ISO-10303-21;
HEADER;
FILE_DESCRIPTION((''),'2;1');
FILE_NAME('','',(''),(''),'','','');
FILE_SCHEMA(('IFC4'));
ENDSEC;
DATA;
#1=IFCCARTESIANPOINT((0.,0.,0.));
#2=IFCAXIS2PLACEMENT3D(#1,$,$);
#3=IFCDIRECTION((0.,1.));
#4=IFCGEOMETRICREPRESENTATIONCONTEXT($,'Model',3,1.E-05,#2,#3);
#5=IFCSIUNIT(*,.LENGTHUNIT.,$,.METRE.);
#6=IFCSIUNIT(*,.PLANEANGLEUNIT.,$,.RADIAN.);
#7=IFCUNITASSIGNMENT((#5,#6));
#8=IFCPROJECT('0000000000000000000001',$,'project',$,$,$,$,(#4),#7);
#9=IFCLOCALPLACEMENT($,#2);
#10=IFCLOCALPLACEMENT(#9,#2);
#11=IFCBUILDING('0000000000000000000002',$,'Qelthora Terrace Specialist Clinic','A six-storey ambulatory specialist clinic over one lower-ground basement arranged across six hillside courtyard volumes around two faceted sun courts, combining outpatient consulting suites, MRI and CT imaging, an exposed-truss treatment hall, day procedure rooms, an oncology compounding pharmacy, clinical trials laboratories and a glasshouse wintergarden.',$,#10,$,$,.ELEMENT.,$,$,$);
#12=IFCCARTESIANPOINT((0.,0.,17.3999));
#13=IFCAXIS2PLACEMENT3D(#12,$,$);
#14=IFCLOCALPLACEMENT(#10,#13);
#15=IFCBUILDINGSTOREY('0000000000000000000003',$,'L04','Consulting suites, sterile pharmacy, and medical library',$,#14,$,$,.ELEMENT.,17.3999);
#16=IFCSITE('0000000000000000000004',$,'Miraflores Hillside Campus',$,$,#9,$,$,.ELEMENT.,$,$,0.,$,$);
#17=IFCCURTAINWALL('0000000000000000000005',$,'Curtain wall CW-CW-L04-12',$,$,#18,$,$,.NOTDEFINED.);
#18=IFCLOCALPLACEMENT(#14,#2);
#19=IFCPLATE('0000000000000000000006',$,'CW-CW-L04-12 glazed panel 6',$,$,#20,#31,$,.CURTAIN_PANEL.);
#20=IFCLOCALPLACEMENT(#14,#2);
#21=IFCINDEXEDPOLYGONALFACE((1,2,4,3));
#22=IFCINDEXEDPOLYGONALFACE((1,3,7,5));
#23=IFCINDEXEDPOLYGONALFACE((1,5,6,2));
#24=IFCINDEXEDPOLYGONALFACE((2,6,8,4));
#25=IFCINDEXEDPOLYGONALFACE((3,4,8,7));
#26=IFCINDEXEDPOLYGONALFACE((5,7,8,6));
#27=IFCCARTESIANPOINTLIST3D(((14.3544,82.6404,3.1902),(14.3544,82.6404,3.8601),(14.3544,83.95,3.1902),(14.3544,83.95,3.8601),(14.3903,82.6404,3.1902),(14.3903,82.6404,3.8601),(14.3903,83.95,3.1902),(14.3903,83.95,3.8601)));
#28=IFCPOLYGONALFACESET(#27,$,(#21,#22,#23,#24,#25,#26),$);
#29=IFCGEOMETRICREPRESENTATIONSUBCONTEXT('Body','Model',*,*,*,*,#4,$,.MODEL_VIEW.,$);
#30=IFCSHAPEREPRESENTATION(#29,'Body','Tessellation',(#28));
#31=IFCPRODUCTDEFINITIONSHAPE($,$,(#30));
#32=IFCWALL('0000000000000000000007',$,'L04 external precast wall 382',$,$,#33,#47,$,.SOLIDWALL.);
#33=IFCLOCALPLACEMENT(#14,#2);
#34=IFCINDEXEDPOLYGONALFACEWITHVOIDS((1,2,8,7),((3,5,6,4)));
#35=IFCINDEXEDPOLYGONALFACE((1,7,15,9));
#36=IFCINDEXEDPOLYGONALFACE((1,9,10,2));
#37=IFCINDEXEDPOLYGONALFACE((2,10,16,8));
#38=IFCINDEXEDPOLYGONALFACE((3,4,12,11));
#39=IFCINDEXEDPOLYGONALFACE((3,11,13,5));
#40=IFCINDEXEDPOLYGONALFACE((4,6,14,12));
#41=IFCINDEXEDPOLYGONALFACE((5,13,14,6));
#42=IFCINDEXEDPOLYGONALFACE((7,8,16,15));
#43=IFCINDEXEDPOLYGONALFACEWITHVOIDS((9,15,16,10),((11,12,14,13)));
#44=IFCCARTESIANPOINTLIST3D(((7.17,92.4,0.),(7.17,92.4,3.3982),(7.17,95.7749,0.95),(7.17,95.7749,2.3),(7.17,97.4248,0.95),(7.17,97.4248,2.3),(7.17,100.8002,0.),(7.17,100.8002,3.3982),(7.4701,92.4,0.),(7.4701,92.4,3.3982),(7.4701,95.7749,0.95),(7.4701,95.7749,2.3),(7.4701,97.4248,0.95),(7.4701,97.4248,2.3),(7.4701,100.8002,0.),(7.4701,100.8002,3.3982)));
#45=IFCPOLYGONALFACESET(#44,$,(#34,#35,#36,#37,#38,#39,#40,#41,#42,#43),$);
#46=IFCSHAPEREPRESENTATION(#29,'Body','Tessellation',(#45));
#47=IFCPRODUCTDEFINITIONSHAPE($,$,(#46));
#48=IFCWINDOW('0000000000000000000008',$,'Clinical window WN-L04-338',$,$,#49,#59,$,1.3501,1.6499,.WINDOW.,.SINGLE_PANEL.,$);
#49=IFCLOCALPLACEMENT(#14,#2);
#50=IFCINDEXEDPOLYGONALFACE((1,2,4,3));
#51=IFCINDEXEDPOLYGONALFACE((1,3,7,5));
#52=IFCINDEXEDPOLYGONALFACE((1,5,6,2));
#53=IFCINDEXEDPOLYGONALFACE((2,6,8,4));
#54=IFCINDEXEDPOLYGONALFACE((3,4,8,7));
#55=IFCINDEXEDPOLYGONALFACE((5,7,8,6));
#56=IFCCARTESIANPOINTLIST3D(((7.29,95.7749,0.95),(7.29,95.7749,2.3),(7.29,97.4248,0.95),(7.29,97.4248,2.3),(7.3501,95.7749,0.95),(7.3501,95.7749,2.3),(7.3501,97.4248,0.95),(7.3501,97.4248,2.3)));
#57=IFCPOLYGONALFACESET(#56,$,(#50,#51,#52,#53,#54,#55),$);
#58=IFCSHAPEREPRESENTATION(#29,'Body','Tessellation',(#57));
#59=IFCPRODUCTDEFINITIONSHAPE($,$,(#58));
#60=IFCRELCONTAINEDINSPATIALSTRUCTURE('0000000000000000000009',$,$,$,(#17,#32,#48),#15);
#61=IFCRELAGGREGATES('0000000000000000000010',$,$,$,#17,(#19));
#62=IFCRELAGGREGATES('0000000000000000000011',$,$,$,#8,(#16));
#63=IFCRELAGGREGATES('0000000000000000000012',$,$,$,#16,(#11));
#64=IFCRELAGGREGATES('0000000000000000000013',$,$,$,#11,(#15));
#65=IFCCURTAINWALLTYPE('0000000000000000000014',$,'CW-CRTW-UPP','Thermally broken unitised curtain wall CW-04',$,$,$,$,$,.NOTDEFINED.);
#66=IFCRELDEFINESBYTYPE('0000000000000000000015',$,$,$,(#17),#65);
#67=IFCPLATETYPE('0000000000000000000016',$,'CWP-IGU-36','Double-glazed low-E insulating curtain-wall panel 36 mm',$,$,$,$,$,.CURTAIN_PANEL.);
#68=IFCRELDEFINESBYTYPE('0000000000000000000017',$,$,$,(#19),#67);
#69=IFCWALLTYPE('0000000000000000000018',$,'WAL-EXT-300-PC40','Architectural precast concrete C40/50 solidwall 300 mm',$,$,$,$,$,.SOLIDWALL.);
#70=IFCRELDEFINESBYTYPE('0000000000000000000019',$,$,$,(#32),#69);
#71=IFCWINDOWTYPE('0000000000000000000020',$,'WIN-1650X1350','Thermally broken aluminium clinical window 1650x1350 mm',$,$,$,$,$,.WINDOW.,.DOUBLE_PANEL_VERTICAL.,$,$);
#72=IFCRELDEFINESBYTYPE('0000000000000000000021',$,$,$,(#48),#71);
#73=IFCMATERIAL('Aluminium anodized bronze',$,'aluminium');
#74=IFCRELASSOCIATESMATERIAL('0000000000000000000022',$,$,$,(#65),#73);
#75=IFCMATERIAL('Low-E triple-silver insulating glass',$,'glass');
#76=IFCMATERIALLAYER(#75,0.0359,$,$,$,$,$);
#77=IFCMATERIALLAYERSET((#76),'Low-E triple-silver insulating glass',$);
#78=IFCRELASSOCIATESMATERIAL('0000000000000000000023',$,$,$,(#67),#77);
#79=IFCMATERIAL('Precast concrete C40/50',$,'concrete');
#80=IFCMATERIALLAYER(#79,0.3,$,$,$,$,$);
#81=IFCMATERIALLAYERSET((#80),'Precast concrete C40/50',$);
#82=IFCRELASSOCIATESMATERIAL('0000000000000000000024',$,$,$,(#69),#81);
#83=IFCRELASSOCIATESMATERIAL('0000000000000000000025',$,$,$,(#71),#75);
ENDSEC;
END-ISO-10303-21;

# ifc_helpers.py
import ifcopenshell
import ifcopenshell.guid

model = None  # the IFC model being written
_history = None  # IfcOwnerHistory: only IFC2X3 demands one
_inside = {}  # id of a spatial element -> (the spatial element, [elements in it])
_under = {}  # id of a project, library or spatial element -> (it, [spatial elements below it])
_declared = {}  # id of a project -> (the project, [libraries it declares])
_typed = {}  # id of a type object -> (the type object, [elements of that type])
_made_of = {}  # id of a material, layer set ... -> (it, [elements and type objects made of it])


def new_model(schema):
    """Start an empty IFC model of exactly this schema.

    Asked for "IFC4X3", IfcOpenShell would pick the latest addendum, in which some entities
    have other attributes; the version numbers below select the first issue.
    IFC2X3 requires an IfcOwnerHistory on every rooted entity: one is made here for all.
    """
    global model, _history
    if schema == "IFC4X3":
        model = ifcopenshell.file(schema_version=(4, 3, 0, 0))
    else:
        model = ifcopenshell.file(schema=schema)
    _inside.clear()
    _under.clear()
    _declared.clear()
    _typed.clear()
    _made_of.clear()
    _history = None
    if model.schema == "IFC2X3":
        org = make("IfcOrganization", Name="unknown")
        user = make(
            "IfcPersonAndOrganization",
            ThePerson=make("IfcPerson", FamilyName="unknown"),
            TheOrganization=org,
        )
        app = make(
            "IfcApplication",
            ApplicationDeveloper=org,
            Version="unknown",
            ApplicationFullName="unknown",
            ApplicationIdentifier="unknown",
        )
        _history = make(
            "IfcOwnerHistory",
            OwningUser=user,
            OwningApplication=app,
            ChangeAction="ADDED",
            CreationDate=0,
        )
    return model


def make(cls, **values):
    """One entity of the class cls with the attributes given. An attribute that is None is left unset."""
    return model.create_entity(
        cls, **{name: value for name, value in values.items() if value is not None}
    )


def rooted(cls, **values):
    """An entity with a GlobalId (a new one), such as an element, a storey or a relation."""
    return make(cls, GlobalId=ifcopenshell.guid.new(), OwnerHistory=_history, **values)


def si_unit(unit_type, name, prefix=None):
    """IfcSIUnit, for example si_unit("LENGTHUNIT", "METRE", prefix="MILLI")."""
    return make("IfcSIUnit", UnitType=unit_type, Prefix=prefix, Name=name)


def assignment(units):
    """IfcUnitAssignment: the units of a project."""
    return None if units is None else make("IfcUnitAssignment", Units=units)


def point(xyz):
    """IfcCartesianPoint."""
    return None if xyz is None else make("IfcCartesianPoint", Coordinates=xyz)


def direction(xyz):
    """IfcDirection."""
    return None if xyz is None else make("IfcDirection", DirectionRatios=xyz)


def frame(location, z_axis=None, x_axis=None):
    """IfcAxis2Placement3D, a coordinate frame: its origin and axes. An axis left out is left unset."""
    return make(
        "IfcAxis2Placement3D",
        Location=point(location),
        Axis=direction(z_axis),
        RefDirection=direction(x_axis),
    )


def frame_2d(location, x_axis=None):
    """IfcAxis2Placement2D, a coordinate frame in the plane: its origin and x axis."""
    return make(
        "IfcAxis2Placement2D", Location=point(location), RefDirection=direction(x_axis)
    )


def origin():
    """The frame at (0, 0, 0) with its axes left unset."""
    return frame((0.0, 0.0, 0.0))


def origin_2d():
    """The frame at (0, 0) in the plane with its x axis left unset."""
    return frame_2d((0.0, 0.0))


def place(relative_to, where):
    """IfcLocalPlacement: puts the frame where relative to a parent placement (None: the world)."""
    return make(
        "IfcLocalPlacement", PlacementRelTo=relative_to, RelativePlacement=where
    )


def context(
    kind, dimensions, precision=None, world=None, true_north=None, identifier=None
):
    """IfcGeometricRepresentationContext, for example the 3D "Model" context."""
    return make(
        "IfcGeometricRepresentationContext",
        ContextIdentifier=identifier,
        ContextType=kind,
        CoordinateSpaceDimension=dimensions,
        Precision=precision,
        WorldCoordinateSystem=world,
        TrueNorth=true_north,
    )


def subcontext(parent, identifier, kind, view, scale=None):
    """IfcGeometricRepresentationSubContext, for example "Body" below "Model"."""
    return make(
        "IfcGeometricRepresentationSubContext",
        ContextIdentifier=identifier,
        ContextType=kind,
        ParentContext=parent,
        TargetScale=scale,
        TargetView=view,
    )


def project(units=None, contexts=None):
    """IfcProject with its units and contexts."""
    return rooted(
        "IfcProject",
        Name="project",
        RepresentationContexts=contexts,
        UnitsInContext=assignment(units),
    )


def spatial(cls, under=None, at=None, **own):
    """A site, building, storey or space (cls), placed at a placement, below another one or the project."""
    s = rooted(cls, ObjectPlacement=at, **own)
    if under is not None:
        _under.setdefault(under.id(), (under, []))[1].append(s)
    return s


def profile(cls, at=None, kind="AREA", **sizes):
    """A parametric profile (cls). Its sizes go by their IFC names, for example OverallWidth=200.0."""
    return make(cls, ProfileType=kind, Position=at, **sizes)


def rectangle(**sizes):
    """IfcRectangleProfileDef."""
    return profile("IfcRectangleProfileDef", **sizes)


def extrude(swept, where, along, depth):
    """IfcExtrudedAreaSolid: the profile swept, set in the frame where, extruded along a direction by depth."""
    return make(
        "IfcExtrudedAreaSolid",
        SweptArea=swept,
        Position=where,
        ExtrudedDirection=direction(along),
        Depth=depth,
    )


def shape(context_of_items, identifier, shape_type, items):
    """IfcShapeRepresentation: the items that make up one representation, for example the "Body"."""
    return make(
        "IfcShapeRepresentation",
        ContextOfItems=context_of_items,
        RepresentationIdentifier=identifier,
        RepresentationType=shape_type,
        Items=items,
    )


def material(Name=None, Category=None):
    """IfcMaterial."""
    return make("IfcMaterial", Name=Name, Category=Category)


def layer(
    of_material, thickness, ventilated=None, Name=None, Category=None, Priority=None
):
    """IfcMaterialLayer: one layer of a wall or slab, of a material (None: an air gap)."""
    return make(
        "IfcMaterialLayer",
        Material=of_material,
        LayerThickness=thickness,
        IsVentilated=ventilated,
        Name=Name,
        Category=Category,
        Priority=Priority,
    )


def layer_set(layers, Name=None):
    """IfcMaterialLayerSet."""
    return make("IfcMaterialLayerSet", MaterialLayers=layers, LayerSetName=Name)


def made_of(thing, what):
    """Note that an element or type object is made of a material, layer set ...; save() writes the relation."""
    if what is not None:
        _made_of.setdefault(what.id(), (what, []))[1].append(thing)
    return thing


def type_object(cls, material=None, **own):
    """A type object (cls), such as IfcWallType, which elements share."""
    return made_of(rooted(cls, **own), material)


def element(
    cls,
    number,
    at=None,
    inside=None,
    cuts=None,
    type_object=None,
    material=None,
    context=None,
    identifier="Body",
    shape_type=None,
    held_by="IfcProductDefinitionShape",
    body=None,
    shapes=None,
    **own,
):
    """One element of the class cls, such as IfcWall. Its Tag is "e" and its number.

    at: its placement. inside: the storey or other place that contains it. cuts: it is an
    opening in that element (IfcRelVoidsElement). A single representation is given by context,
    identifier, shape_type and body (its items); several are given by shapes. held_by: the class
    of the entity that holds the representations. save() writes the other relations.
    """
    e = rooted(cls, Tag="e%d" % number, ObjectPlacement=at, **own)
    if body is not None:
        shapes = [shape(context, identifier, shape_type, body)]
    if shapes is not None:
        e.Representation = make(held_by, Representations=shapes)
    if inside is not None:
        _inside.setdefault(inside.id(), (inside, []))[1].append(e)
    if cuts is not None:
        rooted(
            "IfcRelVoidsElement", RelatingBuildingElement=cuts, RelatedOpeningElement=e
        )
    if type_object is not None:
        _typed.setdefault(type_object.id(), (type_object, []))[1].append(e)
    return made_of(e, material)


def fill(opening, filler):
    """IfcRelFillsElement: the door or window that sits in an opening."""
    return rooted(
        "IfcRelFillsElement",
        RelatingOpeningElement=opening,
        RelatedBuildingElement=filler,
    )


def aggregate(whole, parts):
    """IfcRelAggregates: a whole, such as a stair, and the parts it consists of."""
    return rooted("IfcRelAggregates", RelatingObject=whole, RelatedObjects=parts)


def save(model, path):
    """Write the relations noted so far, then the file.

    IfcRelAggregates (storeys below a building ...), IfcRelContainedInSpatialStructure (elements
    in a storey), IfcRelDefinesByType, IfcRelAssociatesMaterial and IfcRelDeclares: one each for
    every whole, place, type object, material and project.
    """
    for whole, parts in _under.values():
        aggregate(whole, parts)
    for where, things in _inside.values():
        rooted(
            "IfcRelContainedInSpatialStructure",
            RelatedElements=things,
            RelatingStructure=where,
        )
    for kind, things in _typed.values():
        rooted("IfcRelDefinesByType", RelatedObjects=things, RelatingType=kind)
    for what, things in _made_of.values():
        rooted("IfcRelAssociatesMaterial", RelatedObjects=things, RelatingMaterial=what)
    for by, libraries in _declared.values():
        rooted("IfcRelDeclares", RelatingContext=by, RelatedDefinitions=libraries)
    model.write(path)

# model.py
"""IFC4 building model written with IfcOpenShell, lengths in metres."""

from ifc_helpers import new_model, si_unit, direction, frame, frame_2d, origin, origin_2d, place, context, subcontext, project, spatial, rectangle, extrude, material, layer, layer_set, type_object, element, fill, aggregate, save


model = new_model("IFC4")

# Units and contexts
model_context = context("Model", 3, precision=1e-05, world=origin(), true_north=direction((0.0, 1.0)))
body_context = subcontext(model_context, "Body", "Model", "MODEL_VIEW")
ifc_project = project(units=[si_unit("LENGTHUNIT", "METRE"), si_unit("PLANEANGLEUNIT", "RADIAN")], contexts=[model_context])

# Site, building, storey
site_placement = place(None, origin())
site = spatial("IfcSite", under=ifc_project, at=site_placement, Name="Miraflores Hillside Campus", CompositionType="ELEMENT", RefElevation=0.0)
building_placement = place(site_placement, origin())
building = spatial("IfcBuilding", under=site, at=building_placement, Name="Qelthora Terrace Specialist Clinic", Description="A six-storey ambulatory specialist clinic over one lower-ground basement arranged across six hillside courtyard volumes around two faceted sun courts, combining outpatient consulting suites, MRI and CT imaging, an exposed-truss treatment hall, day procedure rooms, an oncology compounding pharmacy, clinical trials laboratories and a glasshouse wintergarden.", CompositionType="ELEMENT")
storey_placement = place(building_placement, frame((0.0, 0.0, 17.3999)))
storey = spatial("IfcBuildingStorey", under=building, at=storey_placement, Name="L04", Description="Consulting suites, sterile pharmacy, and medical library", CompositionType="ELEMENT", Elevation=17.3999)

# Shared definitions
ifc_material_1 = material(Name="Aluminium anodized bronze", Category="aluminium")
curtain_wall_type = type_object("IfcCurtainWallType", Name="CW-CRTW-UPP", Description="Thermally broken unitised curtain wall CW-04", PredefinedType="NOTDEFINED", material=ifc_material_1)

# Curtain wall
curtain_wall_1_placement = place(storey_placement, origin())
curtain_wall_1 = element("IfcCurtainWall", 1, at=curtain_wall_1_placement, inside=storey, type_object=curtain_wall_type, Name="Curtain wall CW-CW-L04-12", PredefinedType="NOTDEFINED")

# Plate
ifc_material_2 = material(Name="Low-E triple-silver insulating glass", Category="glass")
ifc_layer_1 = layer(ifc_material_2, 0.0359)
ifc_layer_set_1 = layer_set([ifc_layer_1], Name="Low-E triple-silver insulating glass")
plate_type = type_object("IfcPlateType", Name="CWP-IGU-36", Description="Double-glazed low-E insulating curtain-wall panel 36 mm", PredefinedType="CURTAIN_PANEL", material=ifc_layer_set_1)
plate_1_placement = place(storey_placement, frame((14.3723, 83.2952, 3.1902), z_axis=(0.0, 0.0, 1.0), x_axis=(0.0, -1.0, 0.0)))
plate_1 = element("IfcPlate", 2, at=plate_1_placement, type_object=plate_type, Name="CW-CW-L04-12 glazed panel 6", PredefinedType="CURTAIN_PANEL", context=body_context, shape_type="SweptSolid", body=[
    extrude(rectangle(XDim=1.3096, YDim=0.0359, at=origin_2d()), origin(), (0.0, 0.0, 1.0), 0.6699),
])
aggregate(curtain_wall_1, [plate_1])

# Wall, opening, window
ifc_material_3 = material(Name="Precast concrete C40/50", Category="concrete")
ifc_layer_2 = layer(ifc_material_3, 0.3)
ifc_layer_set_2 = layer_set([ifc_layer_2], Name="Precast concrete C40/50")
wall_type = type_object("IfcWallType", Name="WAL-EXT-300-PC40", Description="Architectural precast concrete C40/50 solidwall 300 mm", PredefinedType="SOLIDWALL", material=ifc_layer_set_2)
wall_placement = place(storey_placement, frame((7.3201, 92.3999, 0.0), z_axis=(0.0, 0.0, 1.0), x_axis=(0.0, 1.0, 0.0)))
wall = element("IfcWall", 3, at=wall_placement, inside=storey, type_object=wall_type, Name="L04 external precast wall 382", PredefinedType="SOLIDWALL", context=body_context, shape_type="SweptSolid", body=[
    extrude(rectangle(XDim=8.4001, YDim=0.3, at=frame_2d((4.2002, 0.0))), origin(), (0.0, 0.0, 1.0), 3.3982),
])
opening_placement = place(wall_placement, frame((3.375, 0.0, 0.95)))
opening = element("IfcOpeningElement", 4, at=opening_placement, cuts=wall, PredefinedType="OPENING", context=body_context, shape_type="SweptSolid", body=[
    extrude(rectangle(XDim=1.6499, YDim=1.3501, at=frame_2d((0.825, 0.675))), frame((0.0, 0.1599, 0.0), z_axis=(0.0, -1.0, 0.0), x_axis=(1.0, 0.0, 0.0)), (0.0, 0.0, 1.0), 0.3201),
])
window_type = type_object("IfcWindowType", Name="WIN-1650X1350", Description="Thermally broken aluminium clinical window 1650x1350 mm", PartitioningType="DOUBLE_PANEL_VERTICAL", PredefinedType="WINDOW", material=ifc_material_2)
window_placement = place(opening_placement, origin())
window = element("IfcWindow", 5, at=window_placement, inside=storey, type_object=window_type, Name="Clinical window WN-L04-338", OverallHeight=1.3501, OverallWidth=1.6499, PartitioningType="SINGLE_PANEL", PredefinedType="WINDOW", context=body_context, shape_type="SweptSolid", body=[
    extrude(rectangle(XDim=1.6499, YDim=1.3501, at=frame_2d((0.825, 0.675))), frame((0.0, 0.03, 0.0), z_axis=(0.0, -1.0, 0.0), x_axis=(1.0, 0.0, 0.0)), (0.0, 0.0, 1.0), 0.0601),
])
fill(opening, window)

save(model, "model.ifc")
